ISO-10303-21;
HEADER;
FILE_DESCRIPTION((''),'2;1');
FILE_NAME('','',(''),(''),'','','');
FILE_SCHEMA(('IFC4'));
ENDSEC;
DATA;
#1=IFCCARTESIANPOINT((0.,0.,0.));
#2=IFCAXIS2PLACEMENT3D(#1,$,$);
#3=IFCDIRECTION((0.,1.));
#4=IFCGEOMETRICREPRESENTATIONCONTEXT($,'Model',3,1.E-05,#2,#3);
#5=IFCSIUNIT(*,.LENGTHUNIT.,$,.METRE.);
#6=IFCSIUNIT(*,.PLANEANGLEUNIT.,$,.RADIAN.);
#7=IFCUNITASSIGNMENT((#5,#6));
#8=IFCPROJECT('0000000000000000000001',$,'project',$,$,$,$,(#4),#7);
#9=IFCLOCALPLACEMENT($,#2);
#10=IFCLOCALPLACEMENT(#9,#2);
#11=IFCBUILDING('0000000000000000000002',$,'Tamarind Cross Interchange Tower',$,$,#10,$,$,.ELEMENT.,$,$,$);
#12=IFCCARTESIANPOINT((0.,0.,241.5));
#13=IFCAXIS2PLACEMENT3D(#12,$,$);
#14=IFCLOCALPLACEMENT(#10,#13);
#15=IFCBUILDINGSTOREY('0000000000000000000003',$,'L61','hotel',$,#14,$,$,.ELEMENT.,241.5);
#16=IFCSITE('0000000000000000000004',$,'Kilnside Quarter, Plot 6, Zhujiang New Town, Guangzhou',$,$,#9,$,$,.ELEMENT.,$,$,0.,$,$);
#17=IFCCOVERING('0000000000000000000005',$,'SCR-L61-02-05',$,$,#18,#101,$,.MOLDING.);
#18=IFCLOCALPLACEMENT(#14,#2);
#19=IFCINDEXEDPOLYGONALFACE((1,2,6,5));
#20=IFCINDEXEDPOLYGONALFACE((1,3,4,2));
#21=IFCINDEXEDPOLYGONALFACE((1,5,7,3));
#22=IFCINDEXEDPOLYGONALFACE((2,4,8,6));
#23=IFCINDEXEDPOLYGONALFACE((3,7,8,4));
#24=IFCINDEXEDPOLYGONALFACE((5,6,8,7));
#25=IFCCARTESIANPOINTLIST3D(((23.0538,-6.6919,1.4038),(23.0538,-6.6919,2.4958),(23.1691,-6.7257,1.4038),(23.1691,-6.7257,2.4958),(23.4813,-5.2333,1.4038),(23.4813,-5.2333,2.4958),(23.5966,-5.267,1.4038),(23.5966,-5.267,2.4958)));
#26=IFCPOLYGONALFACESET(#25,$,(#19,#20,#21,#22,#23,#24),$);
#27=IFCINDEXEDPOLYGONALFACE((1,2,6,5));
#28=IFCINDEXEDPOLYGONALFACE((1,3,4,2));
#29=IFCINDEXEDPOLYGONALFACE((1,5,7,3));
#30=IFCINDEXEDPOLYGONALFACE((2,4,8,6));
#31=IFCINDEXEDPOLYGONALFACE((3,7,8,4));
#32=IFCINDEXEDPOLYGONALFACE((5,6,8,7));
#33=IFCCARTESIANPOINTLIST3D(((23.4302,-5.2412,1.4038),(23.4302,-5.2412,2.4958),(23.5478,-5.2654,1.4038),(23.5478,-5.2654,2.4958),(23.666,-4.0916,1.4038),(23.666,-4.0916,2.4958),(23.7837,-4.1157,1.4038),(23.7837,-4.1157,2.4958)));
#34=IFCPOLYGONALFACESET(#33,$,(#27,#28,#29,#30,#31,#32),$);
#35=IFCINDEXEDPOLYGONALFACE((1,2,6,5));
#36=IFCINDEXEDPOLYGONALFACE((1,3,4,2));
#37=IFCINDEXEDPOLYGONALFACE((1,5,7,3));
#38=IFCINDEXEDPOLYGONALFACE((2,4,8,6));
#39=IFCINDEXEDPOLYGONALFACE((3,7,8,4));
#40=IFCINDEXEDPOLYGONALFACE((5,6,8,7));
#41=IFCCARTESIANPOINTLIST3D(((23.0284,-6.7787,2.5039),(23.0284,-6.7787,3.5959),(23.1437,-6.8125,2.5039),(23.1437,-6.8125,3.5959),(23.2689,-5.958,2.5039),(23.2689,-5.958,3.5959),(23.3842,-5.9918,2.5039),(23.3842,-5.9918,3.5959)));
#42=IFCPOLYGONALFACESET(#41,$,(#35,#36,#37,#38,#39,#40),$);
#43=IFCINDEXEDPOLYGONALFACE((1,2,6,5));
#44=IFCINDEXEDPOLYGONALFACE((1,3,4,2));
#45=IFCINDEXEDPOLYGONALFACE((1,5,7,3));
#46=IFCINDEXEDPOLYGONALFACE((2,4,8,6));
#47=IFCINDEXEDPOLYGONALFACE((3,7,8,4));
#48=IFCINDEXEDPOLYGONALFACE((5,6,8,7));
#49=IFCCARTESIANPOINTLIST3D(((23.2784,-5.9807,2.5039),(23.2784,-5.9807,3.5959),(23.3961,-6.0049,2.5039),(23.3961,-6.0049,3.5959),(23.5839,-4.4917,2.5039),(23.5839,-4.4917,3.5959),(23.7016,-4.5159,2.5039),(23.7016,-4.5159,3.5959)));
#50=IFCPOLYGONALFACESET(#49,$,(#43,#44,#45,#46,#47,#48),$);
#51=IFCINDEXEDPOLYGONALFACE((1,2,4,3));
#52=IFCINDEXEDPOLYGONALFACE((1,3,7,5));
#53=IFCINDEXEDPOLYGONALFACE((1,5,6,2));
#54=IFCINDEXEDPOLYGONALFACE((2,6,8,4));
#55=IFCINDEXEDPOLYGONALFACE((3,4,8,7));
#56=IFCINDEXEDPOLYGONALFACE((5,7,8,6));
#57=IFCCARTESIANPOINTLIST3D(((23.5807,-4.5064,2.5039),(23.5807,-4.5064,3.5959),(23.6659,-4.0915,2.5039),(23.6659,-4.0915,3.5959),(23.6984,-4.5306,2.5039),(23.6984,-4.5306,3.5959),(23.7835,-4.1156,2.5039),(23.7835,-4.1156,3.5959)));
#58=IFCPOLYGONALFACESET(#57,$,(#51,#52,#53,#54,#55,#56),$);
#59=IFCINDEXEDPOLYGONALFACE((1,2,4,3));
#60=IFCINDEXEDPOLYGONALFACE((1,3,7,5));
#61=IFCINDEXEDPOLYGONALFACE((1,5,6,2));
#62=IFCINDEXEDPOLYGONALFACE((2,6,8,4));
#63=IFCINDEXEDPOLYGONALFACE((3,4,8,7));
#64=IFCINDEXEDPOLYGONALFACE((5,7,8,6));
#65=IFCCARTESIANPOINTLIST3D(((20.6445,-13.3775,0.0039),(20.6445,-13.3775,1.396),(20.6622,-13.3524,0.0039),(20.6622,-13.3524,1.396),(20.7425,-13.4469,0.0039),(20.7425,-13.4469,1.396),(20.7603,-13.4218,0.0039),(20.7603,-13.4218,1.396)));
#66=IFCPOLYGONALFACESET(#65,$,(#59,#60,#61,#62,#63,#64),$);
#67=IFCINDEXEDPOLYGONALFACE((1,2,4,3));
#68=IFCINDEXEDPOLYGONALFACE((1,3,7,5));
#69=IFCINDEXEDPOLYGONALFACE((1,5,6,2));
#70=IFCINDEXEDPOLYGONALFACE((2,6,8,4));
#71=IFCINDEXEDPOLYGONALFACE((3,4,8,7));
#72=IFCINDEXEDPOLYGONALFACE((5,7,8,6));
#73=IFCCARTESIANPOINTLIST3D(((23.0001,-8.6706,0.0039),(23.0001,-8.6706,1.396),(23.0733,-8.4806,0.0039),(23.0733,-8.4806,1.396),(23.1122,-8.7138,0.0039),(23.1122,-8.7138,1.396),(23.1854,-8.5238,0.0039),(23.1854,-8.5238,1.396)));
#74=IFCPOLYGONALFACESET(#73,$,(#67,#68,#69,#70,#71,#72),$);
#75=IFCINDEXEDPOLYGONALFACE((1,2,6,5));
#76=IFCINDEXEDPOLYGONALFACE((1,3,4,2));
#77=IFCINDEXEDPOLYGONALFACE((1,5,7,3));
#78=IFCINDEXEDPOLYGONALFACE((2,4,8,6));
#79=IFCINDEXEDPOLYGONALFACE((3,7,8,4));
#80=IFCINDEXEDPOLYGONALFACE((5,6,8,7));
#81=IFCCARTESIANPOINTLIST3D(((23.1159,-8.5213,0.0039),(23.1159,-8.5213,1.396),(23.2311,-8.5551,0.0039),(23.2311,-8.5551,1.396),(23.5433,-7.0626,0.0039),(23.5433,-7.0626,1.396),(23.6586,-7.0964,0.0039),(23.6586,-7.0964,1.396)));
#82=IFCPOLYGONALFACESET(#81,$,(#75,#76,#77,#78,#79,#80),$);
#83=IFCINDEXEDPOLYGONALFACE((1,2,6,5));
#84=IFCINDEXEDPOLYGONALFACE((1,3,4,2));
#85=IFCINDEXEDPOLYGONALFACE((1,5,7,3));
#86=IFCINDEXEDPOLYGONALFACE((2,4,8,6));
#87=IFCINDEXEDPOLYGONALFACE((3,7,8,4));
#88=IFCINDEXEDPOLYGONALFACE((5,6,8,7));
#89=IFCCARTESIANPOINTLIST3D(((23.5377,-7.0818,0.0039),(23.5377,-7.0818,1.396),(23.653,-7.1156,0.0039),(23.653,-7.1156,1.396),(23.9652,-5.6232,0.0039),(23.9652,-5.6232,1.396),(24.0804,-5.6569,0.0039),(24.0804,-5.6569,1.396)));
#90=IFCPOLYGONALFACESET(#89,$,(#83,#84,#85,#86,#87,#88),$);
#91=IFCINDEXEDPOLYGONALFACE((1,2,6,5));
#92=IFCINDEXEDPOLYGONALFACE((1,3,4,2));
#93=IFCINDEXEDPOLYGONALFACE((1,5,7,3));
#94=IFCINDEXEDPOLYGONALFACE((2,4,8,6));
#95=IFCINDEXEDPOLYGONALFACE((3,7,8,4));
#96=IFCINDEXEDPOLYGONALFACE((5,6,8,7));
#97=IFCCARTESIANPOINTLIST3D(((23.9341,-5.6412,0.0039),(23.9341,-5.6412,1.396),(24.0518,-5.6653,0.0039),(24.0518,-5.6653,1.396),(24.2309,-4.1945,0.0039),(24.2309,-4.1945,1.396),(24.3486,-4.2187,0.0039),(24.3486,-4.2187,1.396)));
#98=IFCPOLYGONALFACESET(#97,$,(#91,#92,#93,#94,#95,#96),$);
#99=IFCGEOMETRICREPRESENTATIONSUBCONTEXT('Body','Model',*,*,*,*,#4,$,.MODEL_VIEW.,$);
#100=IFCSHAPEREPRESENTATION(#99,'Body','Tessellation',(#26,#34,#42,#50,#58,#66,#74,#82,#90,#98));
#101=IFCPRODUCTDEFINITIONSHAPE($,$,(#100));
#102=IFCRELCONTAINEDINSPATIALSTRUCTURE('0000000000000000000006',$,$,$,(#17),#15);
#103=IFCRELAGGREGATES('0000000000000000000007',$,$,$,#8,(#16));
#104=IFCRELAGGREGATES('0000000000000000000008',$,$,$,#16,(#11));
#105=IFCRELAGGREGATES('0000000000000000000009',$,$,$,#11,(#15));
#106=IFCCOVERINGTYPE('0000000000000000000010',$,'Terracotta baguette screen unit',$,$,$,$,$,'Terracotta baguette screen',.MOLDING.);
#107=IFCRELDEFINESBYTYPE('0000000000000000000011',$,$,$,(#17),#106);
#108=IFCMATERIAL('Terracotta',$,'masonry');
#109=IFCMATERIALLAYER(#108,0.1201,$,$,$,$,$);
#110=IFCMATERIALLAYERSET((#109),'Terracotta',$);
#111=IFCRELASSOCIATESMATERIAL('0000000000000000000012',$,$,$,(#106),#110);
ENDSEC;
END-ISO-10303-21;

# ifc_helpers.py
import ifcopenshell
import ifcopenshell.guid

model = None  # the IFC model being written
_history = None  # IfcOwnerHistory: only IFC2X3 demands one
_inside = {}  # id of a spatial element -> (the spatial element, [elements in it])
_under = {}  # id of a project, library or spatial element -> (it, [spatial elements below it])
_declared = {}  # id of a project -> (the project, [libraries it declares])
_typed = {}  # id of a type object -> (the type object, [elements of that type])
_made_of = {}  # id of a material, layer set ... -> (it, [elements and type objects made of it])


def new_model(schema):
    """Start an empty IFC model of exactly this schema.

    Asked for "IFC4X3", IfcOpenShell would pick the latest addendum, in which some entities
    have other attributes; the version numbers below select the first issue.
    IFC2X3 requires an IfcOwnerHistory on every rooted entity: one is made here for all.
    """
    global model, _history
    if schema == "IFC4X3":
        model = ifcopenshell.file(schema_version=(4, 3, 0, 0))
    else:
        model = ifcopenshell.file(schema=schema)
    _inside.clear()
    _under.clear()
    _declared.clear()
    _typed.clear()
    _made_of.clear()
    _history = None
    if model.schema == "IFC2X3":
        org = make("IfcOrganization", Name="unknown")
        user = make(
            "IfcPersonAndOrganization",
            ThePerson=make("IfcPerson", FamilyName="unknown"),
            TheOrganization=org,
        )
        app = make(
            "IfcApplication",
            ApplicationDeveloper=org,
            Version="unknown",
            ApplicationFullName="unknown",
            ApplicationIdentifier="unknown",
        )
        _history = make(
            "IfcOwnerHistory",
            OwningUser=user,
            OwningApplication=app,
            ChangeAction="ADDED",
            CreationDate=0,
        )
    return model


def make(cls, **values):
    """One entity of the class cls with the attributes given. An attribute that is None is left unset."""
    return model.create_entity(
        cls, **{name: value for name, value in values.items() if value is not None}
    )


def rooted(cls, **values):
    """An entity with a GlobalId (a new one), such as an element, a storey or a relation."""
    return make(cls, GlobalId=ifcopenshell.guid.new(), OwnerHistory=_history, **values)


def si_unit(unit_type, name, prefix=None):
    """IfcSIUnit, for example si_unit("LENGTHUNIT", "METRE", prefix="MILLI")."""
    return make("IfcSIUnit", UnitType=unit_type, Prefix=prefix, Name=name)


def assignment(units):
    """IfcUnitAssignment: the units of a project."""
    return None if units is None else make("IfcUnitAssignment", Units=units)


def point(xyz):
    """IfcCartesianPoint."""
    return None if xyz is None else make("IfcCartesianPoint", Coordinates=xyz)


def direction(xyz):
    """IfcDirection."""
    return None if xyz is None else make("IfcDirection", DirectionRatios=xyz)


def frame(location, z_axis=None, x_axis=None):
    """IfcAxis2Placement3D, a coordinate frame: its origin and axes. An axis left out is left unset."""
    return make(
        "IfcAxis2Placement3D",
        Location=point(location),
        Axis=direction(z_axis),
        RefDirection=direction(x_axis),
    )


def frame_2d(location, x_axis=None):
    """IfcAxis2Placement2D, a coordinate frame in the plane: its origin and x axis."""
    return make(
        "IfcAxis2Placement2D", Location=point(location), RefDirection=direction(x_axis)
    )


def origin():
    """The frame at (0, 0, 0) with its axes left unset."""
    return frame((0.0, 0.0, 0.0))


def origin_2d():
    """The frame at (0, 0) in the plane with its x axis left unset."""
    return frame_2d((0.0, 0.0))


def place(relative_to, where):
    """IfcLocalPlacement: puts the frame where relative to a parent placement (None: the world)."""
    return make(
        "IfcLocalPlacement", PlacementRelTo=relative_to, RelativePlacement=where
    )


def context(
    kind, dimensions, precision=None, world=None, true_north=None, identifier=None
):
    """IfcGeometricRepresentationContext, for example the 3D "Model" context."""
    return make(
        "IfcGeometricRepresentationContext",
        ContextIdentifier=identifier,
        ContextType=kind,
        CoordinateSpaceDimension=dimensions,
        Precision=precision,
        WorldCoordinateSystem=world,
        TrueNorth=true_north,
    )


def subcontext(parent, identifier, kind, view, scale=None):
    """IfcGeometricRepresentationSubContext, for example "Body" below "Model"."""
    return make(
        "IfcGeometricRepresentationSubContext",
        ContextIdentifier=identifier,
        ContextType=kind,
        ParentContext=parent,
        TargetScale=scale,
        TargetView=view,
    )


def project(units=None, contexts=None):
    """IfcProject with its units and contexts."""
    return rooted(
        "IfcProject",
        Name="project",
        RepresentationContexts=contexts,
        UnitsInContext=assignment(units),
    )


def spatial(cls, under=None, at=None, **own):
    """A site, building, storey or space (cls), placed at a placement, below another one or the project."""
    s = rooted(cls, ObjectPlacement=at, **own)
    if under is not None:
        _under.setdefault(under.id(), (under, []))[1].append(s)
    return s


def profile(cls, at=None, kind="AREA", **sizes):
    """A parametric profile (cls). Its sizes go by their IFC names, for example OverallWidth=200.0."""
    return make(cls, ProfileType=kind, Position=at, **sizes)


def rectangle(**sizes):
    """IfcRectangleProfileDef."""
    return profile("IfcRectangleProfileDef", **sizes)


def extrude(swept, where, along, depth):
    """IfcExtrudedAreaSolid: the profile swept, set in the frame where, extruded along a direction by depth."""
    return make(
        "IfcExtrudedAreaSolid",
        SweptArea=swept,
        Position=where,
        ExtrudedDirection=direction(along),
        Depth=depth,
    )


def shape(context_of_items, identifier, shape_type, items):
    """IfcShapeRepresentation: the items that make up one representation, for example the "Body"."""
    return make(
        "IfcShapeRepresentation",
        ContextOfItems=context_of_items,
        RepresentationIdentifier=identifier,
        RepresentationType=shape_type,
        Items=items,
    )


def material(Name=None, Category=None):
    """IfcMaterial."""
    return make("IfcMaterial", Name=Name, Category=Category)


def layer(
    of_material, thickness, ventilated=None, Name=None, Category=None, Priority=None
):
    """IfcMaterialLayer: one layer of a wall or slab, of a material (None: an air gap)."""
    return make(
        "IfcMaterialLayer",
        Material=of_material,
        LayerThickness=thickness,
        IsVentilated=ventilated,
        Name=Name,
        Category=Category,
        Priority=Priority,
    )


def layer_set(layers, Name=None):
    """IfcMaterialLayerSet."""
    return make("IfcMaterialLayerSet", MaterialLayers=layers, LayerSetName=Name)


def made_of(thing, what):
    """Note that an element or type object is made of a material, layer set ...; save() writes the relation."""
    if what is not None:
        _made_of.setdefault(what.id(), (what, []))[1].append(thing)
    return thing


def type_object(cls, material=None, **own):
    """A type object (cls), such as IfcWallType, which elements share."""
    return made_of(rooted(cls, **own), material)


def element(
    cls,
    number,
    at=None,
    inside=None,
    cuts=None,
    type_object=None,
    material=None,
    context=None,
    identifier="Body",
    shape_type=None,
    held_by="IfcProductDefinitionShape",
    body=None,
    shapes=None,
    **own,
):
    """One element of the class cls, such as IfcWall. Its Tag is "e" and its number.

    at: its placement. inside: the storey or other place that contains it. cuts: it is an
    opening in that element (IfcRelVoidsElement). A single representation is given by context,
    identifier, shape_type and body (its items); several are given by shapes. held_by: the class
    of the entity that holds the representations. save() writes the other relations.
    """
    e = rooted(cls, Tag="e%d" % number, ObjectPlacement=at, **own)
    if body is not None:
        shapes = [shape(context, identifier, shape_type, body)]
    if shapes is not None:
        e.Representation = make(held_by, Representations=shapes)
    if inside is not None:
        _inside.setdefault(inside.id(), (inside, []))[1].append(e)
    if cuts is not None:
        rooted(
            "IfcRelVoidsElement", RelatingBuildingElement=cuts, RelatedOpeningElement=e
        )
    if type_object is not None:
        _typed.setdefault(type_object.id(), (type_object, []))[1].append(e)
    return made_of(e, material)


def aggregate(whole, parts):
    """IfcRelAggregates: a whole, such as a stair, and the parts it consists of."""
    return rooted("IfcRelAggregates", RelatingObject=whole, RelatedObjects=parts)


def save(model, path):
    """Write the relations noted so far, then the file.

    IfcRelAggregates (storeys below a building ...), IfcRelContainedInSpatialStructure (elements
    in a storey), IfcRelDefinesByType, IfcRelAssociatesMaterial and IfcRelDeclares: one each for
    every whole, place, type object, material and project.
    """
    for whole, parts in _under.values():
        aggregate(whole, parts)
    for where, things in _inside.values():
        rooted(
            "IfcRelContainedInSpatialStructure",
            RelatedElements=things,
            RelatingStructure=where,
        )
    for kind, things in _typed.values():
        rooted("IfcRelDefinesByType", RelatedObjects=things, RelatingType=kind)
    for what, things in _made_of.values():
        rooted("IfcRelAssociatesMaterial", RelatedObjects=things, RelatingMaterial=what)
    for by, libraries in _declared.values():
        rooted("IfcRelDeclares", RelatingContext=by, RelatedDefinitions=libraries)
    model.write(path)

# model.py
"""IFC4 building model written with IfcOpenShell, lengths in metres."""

from ifc_helpers import new_model, si_unit, direction, frame, origin, origin_2d, place, context, subcontext, project, spatial, rectangle, extrude, material, layer, layer_set, type_object, element, save


model = new_model("IFC4")

# Units and contexts
model_context = context("Model", 3, precision=1e-05, world=origin(), true_north=direction((0.0, 1.0)))
body_context = subcontext(model_context, "Body", "Model", "MODEL_VIEW")
ifc_project = project(units=[si_unit("LENGTHUNIT", "METRE"), si_unit("PLANEANGLEUNIT", "RADIAN")], contexts=[model_context])

# Site, building, storey
site_placement = place(None, origin())
site = spatial("IfcSite", under=ifc_project, at=site_placement, Name="Kilnside Quarter, Plot 6, Zhujiang New Town, Guangzhou", CompositionType="ELEMENT", RefElevation=0.0)
building_placement = place(site_placement, origin())
building = spatial("IfcBuilding", under=site, at=building_placement, Name="Tamarind Cross Interchange Tower", CompositionType="ELEMENT")
storey_placement = place(building_placement, frame((0.0, 0.0, 241.5)))
storey = spatial("IfcBuildingStorey", under=building, at=storey_placement, Name="L61", Description="hotel", CompositionType="ELEMENT", Elevation=241.5)

# Covering
ifc_material_1 = material(Name="Terracotta", Category="masonry")
ifc_layer_1 = layer(ifc_material_1, 0.1201)
ifc_layer_set_1 = layer_set([ifc_layer_1], Name="Terracotta")
covering_type = type_object("IfcCoveringType", Name="Terracotta baguette screen unit", ElementType="Terracotta baguette screen", PredefinedType="MOLDING", material=ifc_layer_set_1)
covering_1_placement = place(storey_placement, origin())
element("IfcCovering", 1, at=covering_1_placement, inside=storey, type_object=covering_type, Name="SCR-L61-02-05", PredefinedType="MOLDING", context=body_context, shape_type="SweptSolid", body=[
    extrude(rectangle(XDim=1.52, YDim=0.1201, at=origin_2d()), frame((23.3252, -5.9795, 1.4038), z_axis=(0.0, 0.0, 1.0), x_axis=(0.281209, 0.959647, 0.0)), (0.0, 0.0, 1.0), 1.092),
    extrude(rectangle(XDim=1.1736, YDim=0.1201, at=origin_2d()), frame((23.6069, -4.6785, 1.4038), z_axis=(0.0, 0.0, 1.0), x_axis=(0.201001, 0.979591, 0.0)), (0.0, 0.0, 1.0), 1.092),
    extrude(rectangle(XDim=0.8552, YDim=0.1201, at=origin_2d()), frame((23.2063, -6.3853, 2.5039), z_axis=(0.0, 0.0, 1.0), x_axis=(0.281209, 0.959647, 0.0)), (0.0, 0.0, 1.0), 1.092),
    extrude(rectangle(XDim=1.52, YDim=0.1201, at=origin_2d()), frame((23.49, -5.2483, 2.5039), z_axis=(0.0, 0.0, 1.0), x_axis=(0.201001, 0.979591, 0.0)), (0.0, 0.0, 1.0), 1.092),
    extrude(rectangle(XDim=0.4236, YDim=0.1201, at=origin_2d()), frame((23.6821, -4.311, 2.5039), z_axis=(0.0, 0.0, 1.0), x_axis=(0.201001, 0.979591, 0.0)), (0.0, 0.0, 1.0), 1.092),
    extrude(rectangle(XDim=0.0308, YDim=0.1201, at=origin_2d()), frame((20.7024, -13.3997, 0.0039), z_axis=(0.0, 0.0, 1.0), x_axis=(0.577569, 0.816342, 0.0)), (0.0, 0.0, 1.0), 1.3921),
    extrude(rectangle(XDim=0.2036, YDim=0.1201, at=origin_2d()), frame((23.0928, -8.5972, 0.0039), z_axis=(0.0, 0.0, 1.0), x_axis=(0.359495, 0.933147, 0.0)), (0.0, 0.0, 1.0), 1.3921),
    extrude(rectangle(XDim=1.52, YDim=0.1201, at=origin_2d()), frame((23.3872, -7.8088, 0.0039), z_axis=(0.0, 0.0, 1.0), x_axis=(0.281209, 0.959647, 0.0)), (0.0, 0.0, 1.0), 1.3921),
    extrude(rectangle(XDim=1.52, YDim=0.1201, at=origin_2d()), frame((23.8091, -6.3694, 0.0039), z_axis=(0.0, 0.0, 1.0), x_axis=(0.281209, 0.959647, 0.0)), (0.0, 0.0, 1.0), 1.3921),
    extrude(rectangle(XDim=1.4768, YDim=0.1201, at=origin_2d()), frame((24.1414, -4.9299, 0.0039), z_axis=(0.0, 0.0, 1.0), x_axis=(0.201001, 0.979591, 0.0)), (0.0, 0.0, 1.0), 1.3921),
])

save(model, "model.ifc")
